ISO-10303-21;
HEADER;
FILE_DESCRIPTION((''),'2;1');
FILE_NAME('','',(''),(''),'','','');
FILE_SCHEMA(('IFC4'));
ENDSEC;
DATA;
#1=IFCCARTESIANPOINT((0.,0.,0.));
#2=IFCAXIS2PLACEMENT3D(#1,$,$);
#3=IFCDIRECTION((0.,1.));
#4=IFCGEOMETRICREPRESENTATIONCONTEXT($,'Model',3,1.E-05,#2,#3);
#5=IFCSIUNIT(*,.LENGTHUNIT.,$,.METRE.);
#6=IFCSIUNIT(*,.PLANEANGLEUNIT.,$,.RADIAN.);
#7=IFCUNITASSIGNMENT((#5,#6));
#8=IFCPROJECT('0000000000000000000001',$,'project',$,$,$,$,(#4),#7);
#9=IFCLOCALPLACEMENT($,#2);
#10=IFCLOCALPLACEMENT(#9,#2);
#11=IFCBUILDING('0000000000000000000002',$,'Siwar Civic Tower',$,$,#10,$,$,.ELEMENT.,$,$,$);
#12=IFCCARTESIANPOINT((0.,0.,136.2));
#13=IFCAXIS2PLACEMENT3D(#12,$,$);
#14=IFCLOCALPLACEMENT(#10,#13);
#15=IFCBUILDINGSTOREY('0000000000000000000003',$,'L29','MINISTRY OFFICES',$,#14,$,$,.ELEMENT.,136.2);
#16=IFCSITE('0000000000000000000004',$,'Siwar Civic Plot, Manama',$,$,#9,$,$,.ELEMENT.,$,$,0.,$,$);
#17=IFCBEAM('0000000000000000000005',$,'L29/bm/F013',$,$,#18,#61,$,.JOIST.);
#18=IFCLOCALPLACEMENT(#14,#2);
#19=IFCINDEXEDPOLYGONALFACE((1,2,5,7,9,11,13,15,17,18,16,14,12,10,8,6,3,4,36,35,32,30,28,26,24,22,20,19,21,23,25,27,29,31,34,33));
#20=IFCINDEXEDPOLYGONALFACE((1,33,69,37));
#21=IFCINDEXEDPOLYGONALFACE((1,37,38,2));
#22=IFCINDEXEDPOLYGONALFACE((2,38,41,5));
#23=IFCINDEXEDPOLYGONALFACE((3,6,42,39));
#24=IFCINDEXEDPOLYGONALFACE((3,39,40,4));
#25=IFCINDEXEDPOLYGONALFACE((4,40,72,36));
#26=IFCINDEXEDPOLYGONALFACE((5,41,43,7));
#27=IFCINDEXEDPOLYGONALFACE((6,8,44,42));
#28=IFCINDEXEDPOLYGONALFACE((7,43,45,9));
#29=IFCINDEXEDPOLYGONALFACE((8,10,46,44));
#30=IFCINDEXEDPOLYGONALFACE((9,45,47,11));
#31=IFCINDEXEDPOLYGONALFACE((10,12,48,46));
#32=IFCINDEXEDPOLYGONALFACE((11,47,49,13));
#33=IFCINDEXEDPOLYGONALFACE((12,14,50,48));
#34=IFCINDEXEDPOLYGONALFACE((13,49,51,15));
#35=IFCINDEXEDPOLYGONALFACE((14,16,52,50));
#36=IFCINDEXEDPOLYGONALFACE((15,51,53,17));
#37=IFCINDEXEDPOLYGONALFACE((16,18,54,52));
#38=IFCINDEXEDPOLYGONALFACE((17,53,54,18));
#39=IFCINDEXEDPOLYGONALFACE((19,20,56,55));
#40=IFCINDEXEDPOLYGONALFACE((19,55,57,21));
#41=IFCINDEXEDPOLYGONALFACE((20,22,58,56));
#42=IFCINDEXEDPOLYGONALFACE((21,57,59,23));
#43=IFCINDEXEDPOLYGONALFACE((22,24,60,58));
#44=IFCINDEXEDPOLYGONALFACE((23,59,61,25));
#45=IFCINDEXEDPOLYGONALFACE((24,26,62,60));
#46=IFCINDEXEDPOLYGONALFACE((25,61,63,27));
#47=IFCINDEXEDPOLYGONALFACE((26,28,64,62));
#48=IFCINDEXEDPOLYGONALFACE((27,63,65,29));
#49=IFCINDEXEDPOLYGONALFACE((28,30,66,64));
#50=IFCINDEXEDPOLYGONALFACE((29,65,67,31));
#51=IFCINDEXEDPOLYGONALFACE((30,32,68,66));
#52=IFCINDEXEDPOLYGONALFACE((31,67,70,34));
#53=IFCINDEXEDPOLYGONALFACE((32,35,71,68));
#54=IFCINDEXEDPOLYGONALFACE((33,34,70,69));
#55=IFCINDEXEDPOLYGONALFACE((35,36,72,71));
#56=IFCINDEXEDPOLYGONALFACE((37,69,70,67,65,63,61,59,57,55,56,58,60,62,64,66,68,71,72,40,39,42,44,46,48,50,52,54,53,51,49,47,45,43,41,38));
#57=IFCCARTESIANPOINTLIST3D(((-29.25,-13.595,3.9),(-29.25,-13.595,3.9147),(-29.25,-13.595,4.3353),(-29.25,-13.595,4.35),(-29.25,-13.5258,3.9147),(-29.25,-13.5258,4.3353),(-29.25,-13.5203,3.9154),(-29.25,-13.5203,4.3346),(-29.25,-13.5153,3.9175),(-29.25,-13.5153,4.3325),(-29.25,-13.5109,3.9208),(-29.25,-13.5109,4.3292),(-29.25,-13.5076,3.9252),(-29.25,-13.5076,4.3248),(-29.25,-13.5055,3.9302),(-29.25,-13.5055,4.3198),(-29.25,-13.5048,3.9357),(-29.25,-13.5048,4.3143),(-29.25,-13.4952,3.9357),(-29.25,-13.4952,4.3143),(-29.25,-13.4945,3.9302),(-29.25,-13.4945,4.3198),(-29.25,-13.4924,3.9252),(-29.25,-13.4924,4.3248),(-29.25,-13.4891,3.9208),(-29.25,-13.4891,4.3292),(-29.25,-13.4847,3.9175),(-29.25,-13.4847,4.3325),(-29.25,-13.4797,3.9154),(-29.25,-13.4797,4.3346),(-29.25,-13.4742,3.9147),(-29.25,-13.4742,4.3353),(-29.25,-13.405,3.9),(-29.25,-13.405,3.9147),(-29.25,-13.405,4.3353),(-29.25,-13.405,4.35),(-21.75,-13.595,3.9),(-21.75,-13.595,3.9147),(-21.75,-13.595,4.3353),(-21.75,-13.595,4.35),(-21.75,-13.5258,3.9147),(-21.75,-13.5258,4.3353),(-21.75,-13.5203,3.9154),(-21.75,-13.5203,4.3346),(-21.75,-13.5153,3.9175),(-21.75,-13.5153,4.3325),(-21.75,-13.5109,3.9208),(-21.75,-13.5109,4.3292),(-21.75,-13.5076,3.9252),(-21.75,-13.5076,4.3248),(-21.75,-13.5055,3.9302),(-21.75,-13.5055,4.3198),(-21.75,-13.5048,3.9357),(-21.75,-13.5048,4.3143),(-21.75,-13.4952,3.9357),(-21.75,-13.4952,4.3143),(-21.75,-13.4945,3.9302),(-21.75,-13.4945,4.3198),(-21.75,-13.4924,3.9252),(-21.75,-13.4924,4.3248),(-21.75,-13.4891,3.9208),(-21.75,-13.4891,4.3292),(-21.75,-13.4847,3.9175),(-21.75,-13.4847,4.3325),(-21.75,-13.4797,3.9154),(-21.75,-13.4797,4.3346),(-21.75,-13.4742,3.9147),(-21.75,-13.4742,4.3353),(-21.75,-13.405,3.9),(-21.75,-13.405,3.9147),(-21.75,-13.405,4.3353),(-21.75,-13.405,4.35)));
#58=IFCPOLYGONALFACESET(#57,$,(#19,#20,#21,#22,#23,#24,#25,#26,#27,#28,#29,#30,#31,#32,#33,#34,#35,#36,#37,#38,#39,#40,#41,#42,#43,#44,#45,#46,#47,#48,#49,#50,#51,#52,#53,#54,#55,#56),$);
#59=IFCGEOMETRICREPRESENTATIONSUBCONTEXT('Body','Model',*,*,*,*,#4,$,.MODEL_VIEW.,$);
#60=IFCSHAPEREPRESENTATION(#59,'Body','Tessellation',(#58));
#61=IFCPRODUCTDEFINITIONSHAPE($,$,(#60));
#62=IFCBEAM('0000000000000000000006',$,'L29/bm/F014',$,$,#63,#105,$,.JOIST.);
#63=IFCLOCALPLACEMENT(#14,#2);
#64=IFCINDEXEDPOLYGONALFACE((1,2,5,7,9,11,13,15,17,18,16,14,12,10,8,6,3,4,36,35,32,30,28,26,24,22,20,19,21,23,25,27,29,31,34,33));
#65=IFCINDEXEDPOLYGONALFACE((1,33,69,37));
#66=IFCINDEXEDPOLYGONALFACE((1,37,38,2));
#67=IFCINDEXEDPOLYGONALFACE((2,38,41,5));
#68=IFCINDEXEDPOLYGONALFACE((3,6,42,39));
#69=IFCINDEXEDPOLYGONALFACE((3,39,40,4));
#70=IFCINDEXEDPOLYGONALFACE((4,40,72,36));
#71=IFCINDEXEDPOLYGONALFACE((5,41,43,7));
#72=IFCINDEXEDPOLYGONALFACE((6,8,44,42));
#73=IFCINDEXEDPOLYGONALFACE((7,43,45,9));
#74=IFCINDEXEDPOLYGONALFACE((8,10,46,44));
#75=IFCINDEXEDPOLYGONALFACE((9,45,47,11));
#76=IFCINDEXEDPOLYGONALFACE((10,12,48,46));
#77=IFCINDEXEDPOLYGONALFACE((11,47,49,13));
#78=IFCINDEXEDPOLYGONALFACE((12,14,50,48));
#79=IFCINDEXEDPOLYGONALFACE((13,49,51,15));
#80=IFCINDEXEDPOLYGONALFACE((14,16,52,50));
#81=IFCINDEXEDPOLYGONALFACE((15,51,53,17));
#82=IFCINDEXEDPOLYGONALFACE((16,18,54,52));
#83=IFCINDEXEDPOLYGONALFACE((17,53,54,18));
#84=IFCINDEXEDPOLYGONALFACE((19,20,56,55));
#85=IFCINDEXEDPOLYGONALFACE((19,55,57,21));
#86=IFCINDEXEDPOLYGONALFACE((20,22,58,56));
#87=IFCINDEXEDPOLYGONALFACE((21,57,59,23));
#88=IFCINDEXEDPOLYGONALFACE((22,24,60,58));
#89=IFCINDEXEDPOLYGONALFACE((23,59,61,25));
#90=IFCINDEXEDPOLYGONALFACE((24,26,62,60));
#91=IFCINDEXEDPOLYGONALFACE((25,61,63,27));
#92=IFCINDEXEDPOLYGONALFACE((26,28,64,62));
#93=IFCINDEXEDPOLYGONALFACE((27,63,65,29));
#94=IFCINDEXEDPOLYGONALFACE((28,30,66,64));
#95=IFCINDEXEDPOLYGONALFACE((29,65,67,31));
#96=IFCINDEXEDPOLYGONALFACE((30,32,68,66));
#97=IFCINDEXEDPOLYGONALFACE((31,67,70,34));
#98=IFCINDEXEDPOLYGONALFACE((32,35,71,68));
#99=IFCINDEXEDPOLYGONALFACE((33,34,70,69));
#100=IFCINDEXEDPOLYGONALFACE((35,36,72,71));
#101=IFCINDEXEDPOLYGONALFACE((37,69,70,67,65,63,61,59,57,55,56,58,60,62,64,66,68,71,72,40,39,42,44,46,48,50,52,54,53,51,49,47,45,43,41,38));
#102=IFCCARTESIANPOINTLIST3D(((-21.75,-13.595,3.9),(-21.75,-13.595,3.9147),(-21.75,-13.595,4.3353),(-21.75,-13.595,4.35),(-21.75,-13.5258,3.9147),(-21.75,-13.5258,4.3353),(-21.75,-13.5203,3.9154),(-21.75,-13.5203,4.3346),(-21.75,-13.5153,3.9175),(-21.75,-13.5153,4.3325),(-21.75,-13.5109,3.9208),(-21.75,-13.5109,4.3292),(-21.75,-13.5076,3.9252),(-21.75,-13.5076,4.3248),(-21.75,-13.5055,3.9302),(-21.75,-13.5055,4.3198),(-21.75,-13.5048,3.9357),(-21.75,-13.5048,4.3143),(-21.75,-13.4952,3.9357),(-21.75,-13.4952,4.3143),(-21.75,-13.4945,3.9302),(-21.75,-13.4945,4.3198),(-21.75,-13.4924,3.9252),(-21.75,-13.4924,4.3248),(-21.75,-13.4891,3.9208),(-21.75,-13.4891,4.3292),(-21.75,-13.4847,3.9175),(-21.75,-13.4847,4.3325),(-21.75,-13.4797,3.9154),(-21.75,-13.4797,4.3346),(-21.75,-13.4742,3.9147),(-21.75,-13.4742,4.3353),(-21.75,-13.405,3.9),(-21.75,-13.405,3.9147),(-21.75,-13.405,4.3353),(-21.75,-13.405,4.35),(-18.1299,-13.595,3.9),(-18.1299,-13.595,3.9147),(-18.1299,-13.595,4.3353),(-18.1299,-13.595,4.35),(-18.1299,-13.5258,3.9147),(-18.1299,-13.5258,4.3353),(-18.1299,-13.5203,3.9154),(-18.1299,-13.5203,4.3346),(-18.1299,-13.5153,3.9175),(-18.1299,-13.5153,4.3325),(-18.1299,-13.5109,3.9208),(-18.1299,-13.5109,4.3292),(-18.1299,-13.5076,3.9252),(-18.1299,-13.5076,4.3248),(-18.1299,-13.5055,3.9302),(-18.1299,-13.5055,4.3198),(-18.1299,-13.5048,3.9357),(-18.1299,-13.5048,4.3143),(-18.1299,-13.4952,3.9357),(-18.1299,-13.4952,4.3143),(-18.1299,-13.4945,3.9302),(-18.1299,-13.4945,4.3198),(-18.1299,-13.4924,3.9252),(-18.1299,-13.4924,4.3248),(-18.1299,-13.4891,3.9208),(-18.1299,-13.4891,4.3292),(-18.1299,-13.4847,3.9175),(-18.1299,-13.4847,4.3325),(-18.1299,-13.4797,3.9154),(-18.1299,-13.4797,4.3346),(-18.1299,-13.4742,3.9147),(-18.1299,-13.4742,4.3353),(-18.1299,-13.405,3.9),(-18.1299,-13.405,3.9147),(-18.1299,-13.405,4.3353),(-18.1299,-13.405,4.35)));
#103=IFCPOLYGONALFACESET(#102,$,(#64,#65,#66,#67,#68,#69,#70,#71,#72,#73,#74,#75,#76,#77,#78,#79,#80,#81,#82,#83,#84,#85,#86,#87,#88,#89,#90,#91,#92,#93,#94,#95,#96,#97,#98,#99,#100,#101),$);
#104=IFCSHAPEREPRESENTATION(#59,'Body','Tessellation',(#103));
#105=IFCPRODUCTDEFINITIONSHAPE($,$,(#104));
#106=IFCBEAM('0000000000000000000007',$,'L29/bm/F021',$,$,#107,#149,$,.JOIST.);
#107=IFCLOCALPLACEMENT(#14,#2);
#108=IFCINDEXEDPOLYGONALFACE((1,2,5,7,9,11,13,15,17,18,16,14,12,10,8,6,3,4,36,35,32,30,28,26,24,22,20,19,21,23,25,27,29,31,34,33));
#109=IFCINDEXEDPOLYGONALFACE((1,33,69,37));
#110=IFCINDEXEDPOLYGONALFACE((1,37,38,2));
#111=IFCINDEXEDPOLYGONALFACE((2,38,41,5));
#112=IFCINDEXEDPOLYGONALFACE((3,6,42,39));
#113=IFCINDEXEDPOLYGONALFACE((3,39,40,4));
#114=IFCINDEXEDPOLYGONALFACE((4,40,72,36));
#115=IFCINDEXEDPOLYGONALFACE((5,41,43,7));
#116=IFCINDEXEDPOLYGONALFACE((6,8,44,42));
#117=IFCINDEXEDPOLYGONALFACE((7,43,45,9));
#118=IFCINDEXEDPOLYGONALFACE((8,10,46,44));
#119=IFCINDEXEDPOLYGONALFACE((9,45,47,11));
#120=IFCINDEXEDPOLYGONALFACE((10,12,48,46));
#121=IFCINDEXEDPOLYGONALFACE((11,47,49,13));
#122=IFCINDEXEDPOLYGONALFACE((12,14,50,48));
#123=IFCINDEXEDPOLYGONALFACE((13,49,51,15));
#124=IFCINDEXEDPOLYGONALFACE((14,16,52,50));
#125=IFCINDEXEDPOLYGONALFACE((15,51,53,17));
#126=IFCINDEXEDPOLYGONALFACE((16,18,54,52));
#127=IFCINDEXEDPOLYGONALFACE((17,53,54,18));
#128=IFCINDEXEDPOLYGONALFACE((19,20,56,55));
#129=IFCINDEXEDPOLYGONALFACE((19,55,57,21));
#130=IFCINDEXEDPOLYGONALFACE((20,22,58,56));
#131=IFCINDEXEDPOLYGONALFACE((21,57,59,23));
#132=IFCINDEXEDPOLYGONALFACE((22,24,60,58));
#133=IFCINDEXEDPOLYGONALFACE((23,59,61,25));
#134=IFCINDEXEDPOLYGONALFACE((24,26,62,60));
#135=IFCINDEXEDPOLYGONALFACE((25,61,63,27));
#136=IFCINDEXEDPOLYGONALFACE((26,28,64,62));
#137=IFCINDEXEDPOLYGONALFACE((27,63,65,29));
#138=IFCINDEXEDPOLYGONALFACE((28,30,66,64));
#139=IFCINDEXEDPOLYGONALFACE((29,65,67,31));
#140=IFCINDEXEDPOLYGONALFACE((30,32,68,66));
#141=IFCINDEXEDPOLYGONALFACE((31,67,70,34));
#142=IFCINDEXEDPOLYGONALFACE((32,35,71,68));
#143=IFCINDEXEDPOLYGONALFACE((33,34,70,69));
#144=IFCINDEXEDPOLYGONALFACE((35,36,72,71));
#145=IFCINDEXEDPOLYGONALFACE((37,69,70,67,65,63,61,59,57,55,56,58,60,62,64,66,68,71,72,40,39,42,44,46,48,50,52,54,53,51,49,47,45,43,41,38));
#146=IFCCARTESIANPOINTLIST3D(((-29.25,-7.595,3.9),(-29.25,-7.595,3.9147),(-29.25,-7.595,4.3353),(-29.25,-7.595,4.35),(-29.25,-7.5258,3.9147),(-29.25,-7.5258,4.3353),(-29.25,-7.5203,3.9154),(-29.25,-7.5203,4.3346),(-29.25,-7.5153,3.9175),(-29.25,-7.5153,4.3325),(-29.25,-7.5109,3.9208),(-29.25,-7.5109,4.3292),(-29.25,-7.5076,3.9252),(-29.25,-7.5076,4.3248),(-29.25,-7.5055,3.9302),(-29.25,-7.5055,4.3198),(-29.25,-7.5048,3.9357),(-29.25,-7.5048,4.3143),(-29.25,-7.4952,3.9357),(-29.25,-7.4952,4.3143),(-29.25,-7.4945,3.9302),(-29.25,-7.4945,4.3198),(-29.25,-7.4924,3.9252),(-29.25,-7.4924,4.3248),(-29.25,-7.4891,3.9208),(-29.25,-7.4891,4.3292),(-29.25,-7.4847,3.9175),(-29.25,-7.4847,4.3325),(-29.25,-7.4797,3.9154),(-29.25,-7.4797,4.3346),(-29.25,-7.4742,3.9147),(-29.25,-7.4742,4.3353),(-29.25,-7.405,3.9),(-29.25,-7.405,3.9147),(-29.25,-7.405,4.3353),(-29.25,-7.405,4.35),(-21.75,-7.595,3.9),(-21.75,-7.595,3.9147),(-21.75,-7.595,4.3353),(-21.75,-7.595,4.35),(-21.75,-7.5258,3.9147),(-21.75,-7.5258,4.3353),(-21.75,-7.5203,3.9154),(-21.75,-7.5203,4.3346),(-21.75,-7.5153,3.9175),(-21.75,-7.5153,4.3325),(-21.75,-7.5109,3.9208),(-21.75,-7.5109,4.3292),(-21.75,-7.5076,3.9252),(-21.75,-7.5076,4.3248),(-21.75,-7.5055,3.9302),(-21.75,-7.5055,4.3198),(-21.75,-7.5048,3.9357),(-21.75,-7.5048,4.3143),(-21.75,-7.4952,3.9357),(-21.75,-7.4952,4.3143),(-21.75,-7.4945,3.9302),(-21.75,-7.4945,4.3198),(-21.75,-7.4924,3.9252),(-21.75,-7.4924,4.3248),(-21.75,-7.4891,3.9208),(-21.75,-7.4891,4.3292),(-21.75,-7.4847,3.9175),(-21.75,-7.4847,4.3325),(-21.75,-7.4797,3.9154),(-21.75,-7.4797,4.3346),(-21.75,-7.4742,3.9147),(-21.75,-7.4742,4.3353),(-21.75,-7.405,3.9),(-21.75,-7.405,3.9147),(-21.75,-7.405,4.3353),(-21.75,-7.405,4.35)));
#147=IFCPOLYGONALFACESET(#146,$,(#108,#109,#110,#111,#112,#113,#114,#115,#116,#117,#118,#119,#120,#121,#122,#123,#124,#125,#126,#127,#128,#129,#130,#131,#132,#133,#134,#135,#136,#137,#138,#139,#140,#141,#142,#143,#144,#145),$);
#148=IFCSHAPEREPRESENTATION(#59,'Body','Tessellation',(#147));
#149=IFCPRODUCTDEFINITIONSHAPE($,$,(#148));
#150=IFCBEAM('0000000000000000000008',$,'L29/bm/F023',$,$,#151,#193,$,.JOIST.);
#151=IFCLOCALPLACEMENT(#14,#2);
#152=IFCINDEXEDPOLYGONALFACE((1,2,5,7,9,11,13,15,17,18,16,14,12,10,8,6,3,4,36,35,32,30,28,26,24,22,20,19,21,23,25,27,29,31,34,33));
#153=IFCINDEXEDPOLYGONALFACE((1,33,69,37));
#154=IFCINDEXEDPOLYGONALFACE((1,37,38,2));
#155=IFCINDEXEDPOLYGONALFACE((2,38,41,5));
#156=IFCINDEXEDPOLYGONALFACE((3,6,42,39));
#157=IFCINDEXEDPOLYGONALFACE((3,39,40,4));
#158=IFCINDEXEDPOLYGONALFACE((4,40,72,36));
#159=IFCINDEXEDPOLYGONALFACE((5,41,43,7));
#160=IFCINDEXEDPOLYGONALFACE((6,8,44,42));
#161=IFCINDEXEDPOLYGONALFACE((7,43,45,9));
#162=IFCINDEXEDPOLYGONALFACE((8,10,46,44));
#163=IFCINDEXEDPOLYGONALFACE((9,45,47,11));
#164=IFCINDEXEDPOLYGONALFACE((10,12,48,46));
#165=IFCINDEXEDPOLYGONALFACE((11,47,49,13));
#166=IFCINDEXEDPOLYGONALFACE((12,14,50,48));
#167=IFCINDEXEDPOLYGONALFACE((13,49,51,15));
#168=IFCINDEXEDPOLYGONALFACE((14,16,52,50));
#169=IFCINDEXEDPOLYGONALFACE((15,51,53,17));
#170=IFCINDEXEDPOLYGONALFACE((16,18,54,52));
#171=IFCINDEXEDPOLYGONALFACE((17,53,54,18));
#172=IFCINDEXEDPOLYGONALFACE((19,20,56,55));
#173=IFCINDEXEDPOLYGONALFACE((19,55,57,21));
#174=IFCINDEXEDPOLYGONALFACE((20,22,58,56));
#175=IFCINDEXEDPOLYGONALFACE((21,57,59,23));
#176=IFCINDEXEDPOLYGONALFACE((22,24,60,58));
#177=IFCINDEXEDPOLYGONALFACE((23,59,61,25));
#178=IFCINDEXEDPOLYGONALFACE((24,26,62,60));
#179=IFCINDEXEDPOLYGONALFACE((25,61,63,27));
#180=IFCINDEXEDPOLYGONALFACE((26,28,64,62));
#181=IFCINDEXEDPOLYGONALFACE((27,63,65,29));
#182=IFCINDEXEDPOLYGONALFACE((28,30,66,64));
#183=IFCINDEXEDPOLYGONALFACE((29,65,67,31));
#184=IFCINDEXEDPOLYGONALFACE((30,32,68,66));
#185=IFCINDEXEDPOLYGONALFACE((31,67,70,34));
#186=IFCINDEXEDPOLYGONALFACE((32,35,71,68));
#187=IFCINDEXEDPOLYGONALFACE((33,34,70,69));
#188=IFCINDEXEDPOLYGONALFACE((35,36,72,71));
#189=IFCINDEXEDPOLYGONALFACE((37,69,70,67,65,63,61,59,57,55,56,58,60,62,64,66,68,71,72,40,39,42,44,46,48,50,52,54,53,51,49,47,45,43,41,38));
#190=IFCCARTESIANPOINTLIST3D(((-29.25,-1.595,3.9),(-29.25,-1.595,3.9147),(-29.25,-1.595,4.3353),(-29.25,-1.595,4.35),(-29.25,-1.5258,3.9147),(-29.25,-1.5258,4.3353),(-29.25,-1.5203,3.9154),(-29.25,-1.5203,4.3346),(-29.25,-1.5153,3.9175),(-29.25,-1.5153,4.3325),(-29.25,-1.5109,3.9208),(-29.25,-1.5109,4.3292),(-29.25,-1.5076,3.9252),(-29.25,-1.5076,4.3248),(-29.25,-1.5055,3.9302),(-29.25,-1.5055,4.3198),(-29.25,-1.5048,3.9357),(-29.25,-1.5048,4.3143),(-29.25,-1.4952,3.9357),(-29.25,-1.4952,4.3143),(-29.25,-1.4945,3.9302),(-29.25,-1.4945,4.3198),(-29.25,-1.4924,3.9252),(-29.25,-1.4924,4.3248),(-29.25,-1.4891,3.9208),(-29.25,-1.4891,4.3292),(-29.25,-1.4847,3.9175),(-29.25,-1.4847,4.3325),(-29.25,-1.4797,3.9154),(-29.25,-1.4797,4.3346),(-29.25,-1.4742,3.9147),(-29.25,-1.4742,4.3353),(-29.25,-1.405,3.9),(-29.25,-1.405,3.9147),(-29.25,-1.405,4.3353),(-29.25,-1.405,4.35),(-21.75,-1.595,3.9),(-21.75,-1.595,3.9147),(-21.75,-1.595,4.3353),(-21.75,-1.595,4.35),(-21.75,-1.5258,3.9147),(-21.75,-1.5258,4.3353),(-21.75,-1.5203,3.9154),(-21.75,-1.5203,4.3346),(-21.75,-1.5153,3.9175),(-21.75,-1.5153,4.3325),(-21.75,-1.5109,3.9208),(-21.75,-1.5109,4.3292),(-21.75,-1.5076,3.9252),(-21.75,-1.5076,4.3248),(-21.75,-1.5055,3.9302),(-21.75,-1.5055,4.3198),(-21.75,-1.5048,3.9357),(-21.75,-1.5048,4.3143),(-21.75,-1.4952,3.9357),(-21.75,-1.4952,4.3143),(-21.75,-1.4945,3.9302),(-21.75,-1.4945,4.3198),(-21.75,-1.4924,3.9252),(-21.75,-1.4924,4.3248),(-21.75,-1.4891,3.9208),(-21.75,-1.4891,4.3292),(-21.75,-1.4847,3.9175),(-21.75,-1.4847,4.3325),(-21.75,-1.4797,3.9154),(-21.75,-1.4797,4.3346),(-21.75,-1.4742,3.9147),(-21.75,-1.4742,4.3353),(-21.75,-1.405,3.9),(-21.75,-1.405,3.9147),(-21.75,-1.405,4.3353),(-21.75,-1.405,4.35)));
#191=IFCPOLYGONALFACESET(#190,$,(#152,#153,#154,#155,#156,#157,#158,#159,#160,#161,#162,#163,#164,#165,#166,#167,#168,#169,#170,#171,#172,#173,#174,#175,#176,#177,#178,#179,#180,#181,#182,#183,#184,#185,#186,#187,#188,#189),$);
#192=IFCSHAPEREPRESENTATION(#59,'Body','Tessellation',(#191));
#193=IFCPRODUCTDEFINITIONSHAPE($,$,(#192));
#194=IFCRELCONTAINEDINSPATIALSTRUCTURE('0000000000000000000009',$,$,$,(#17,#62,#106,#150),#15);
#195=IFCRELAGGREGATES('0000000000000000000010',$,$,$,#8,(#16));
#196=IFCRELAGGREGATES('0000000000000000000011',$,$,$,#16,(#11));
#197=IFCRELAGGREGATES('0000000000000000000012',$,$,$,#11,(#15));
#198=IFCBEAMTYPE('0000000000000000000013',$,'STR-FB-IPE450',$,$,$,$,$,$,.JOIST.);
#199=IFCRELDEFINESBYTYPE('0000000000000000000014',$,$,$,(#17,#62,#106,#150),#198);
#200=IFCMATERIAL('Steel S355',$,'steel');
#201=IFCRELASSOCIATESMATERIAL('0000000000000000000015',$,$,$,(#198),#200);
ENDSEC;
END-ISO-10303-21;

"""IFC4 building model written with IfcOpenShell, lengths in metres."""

from ifc_helpers import new_model, si_unit, direction, frame, origin, origin_2d, place, context, subcontext, project, spatial, i_section, extrude, material, material_profile, profile_set, type_object, element, save


model = new_model("IFC4")

# Units and contexts
model_context = context("Model", 3, precision=1e-05, world=origin(), true_north=direction((0.0, 1.0)))
body_context = subcontext(model_context, "Body", "Model", "MODEL_VIEW")
ifc_project = project(units=[si_unit("LENGTHUNIT", "METRE"), si_unit("PLANEANGLEUNIT", "RADIAN")], contexts=[model_context])

# Site, building, storey
site_placement = place(None, origin())
site = spatial("IfcSite", under=ifc_project, at=site_placement, Name="Siwar Civic Plot, Manama", CompositionType="ELEMENT", RefElevation=0.0)
building_placement = place(site_placement, origin())
building = spatial("IfcBuilding", under=site, at=building_placement, Name="Siwar Civic Tower", CompositionType="ELEMENT")
storey_placement = place(building_placement, frame((0.0, 0.0, 136.2)))
storey = spatial("IfcBuildingStorey", under=building, at=storey_placement, Name="L29", Description="MINISTRY OFFICES", CompositionType="ELEMENT", Elevation=136.2)

# Beams
ifc_material_1 = material(Name="Steel S355", Category="steel")
ifc_material_profile_1 = material_profile(ifc_material_1, i_section(OverallWidth=0.1899, OverallDepth=0.45, WebThickness=0.0095, FlangeThickness=0.0146, FilletRadius=0.021, at=origin_2d()), Name="IPE450")
ifc_profile_set_1 = profile_set([ifc_material_profile_1], Name="Steel S355")
beam_type_1 = type_object("IfcBeamType", Name="STR-FB-IPE450", PredefinedType="JOIST", material=ifc_profile_set_1)
beam_1_placement = place(storey_placement, frame((-29.25, -13.5, 4.125), z_axis=(1.0, 0.0, 0.0), x_axis=(0.0, 1.0, 0.0)))
element("IfcBeam", 1, at=beam_1_placement, inside=storey, type_object=beam_type_1, Name="L29/bm/F013", PredefinedType="JOIST", context=body_context, shape_type="SweptSolid", body=[
    extrude(i_section(OverallWidth=0.1899, OverallDepth=0.45, WebThickness=0.0095, FlangeThickness=0.0146, FilletRadius=0.021, at=origin_2d()), origin(), (0.0, 0.0, 1.0), 7.5),
])
beam_2_placement = place(storey_placement, frame((-21.75, -13.5, 4.125), z_axis=(1.0, 0.0, 0.0), x_axis=(0.0, 1.0, 0.0)))
element("IfcBeam", 2, at=beam_2_placement, inside=storey, type_object=beam_type_1, Name="L29/bm/F014", PredefinedType="JOIST", context=body_context, shape_type="SweptSolid", body=[
    extrude(i_section(OverallWidth=0.1899, OverallDepth=0.45, WebThickness=0.0095, FlangeThickness=0.0146, FilletRadius=0.021, at=origin_2d()), origin(), (0.0, 0.0, 1.0), 3.6201),
])
for number, where, z_axis, x_axis, name in (
    (3, (-29.25, -7.5, 4.125), (1.0, 0.0, 0.0), (0.0, 1.0, 0.0), "L29/bm/F021"),
    (4, (-29.25, -1.5, 4.125), (1.0, 0.0, 0.0), (0.0, 1.0, 0.0), "L29/bm/F023"),
):
    element("IfcBeam", number, at=place(storey_placement, frame(where, z_axis=z_axis, x_axis=x_axis)), inside=storey, type_object=beam_type_1, Name=name, PredefinedType="JOIST", context=body_context, shape_type="SweptSolid", body=[
        extrude(i_section(OverallWidth=0.1899, OverallDepth=0.45, WebThickness=0.0095, FlangeThickness=0.0146, FilletRadius=0.021, at=origin_2d()), origin(), (0.0, 0.0, 1.0), 7.5),
    ])

save(model, "model.ifc")
